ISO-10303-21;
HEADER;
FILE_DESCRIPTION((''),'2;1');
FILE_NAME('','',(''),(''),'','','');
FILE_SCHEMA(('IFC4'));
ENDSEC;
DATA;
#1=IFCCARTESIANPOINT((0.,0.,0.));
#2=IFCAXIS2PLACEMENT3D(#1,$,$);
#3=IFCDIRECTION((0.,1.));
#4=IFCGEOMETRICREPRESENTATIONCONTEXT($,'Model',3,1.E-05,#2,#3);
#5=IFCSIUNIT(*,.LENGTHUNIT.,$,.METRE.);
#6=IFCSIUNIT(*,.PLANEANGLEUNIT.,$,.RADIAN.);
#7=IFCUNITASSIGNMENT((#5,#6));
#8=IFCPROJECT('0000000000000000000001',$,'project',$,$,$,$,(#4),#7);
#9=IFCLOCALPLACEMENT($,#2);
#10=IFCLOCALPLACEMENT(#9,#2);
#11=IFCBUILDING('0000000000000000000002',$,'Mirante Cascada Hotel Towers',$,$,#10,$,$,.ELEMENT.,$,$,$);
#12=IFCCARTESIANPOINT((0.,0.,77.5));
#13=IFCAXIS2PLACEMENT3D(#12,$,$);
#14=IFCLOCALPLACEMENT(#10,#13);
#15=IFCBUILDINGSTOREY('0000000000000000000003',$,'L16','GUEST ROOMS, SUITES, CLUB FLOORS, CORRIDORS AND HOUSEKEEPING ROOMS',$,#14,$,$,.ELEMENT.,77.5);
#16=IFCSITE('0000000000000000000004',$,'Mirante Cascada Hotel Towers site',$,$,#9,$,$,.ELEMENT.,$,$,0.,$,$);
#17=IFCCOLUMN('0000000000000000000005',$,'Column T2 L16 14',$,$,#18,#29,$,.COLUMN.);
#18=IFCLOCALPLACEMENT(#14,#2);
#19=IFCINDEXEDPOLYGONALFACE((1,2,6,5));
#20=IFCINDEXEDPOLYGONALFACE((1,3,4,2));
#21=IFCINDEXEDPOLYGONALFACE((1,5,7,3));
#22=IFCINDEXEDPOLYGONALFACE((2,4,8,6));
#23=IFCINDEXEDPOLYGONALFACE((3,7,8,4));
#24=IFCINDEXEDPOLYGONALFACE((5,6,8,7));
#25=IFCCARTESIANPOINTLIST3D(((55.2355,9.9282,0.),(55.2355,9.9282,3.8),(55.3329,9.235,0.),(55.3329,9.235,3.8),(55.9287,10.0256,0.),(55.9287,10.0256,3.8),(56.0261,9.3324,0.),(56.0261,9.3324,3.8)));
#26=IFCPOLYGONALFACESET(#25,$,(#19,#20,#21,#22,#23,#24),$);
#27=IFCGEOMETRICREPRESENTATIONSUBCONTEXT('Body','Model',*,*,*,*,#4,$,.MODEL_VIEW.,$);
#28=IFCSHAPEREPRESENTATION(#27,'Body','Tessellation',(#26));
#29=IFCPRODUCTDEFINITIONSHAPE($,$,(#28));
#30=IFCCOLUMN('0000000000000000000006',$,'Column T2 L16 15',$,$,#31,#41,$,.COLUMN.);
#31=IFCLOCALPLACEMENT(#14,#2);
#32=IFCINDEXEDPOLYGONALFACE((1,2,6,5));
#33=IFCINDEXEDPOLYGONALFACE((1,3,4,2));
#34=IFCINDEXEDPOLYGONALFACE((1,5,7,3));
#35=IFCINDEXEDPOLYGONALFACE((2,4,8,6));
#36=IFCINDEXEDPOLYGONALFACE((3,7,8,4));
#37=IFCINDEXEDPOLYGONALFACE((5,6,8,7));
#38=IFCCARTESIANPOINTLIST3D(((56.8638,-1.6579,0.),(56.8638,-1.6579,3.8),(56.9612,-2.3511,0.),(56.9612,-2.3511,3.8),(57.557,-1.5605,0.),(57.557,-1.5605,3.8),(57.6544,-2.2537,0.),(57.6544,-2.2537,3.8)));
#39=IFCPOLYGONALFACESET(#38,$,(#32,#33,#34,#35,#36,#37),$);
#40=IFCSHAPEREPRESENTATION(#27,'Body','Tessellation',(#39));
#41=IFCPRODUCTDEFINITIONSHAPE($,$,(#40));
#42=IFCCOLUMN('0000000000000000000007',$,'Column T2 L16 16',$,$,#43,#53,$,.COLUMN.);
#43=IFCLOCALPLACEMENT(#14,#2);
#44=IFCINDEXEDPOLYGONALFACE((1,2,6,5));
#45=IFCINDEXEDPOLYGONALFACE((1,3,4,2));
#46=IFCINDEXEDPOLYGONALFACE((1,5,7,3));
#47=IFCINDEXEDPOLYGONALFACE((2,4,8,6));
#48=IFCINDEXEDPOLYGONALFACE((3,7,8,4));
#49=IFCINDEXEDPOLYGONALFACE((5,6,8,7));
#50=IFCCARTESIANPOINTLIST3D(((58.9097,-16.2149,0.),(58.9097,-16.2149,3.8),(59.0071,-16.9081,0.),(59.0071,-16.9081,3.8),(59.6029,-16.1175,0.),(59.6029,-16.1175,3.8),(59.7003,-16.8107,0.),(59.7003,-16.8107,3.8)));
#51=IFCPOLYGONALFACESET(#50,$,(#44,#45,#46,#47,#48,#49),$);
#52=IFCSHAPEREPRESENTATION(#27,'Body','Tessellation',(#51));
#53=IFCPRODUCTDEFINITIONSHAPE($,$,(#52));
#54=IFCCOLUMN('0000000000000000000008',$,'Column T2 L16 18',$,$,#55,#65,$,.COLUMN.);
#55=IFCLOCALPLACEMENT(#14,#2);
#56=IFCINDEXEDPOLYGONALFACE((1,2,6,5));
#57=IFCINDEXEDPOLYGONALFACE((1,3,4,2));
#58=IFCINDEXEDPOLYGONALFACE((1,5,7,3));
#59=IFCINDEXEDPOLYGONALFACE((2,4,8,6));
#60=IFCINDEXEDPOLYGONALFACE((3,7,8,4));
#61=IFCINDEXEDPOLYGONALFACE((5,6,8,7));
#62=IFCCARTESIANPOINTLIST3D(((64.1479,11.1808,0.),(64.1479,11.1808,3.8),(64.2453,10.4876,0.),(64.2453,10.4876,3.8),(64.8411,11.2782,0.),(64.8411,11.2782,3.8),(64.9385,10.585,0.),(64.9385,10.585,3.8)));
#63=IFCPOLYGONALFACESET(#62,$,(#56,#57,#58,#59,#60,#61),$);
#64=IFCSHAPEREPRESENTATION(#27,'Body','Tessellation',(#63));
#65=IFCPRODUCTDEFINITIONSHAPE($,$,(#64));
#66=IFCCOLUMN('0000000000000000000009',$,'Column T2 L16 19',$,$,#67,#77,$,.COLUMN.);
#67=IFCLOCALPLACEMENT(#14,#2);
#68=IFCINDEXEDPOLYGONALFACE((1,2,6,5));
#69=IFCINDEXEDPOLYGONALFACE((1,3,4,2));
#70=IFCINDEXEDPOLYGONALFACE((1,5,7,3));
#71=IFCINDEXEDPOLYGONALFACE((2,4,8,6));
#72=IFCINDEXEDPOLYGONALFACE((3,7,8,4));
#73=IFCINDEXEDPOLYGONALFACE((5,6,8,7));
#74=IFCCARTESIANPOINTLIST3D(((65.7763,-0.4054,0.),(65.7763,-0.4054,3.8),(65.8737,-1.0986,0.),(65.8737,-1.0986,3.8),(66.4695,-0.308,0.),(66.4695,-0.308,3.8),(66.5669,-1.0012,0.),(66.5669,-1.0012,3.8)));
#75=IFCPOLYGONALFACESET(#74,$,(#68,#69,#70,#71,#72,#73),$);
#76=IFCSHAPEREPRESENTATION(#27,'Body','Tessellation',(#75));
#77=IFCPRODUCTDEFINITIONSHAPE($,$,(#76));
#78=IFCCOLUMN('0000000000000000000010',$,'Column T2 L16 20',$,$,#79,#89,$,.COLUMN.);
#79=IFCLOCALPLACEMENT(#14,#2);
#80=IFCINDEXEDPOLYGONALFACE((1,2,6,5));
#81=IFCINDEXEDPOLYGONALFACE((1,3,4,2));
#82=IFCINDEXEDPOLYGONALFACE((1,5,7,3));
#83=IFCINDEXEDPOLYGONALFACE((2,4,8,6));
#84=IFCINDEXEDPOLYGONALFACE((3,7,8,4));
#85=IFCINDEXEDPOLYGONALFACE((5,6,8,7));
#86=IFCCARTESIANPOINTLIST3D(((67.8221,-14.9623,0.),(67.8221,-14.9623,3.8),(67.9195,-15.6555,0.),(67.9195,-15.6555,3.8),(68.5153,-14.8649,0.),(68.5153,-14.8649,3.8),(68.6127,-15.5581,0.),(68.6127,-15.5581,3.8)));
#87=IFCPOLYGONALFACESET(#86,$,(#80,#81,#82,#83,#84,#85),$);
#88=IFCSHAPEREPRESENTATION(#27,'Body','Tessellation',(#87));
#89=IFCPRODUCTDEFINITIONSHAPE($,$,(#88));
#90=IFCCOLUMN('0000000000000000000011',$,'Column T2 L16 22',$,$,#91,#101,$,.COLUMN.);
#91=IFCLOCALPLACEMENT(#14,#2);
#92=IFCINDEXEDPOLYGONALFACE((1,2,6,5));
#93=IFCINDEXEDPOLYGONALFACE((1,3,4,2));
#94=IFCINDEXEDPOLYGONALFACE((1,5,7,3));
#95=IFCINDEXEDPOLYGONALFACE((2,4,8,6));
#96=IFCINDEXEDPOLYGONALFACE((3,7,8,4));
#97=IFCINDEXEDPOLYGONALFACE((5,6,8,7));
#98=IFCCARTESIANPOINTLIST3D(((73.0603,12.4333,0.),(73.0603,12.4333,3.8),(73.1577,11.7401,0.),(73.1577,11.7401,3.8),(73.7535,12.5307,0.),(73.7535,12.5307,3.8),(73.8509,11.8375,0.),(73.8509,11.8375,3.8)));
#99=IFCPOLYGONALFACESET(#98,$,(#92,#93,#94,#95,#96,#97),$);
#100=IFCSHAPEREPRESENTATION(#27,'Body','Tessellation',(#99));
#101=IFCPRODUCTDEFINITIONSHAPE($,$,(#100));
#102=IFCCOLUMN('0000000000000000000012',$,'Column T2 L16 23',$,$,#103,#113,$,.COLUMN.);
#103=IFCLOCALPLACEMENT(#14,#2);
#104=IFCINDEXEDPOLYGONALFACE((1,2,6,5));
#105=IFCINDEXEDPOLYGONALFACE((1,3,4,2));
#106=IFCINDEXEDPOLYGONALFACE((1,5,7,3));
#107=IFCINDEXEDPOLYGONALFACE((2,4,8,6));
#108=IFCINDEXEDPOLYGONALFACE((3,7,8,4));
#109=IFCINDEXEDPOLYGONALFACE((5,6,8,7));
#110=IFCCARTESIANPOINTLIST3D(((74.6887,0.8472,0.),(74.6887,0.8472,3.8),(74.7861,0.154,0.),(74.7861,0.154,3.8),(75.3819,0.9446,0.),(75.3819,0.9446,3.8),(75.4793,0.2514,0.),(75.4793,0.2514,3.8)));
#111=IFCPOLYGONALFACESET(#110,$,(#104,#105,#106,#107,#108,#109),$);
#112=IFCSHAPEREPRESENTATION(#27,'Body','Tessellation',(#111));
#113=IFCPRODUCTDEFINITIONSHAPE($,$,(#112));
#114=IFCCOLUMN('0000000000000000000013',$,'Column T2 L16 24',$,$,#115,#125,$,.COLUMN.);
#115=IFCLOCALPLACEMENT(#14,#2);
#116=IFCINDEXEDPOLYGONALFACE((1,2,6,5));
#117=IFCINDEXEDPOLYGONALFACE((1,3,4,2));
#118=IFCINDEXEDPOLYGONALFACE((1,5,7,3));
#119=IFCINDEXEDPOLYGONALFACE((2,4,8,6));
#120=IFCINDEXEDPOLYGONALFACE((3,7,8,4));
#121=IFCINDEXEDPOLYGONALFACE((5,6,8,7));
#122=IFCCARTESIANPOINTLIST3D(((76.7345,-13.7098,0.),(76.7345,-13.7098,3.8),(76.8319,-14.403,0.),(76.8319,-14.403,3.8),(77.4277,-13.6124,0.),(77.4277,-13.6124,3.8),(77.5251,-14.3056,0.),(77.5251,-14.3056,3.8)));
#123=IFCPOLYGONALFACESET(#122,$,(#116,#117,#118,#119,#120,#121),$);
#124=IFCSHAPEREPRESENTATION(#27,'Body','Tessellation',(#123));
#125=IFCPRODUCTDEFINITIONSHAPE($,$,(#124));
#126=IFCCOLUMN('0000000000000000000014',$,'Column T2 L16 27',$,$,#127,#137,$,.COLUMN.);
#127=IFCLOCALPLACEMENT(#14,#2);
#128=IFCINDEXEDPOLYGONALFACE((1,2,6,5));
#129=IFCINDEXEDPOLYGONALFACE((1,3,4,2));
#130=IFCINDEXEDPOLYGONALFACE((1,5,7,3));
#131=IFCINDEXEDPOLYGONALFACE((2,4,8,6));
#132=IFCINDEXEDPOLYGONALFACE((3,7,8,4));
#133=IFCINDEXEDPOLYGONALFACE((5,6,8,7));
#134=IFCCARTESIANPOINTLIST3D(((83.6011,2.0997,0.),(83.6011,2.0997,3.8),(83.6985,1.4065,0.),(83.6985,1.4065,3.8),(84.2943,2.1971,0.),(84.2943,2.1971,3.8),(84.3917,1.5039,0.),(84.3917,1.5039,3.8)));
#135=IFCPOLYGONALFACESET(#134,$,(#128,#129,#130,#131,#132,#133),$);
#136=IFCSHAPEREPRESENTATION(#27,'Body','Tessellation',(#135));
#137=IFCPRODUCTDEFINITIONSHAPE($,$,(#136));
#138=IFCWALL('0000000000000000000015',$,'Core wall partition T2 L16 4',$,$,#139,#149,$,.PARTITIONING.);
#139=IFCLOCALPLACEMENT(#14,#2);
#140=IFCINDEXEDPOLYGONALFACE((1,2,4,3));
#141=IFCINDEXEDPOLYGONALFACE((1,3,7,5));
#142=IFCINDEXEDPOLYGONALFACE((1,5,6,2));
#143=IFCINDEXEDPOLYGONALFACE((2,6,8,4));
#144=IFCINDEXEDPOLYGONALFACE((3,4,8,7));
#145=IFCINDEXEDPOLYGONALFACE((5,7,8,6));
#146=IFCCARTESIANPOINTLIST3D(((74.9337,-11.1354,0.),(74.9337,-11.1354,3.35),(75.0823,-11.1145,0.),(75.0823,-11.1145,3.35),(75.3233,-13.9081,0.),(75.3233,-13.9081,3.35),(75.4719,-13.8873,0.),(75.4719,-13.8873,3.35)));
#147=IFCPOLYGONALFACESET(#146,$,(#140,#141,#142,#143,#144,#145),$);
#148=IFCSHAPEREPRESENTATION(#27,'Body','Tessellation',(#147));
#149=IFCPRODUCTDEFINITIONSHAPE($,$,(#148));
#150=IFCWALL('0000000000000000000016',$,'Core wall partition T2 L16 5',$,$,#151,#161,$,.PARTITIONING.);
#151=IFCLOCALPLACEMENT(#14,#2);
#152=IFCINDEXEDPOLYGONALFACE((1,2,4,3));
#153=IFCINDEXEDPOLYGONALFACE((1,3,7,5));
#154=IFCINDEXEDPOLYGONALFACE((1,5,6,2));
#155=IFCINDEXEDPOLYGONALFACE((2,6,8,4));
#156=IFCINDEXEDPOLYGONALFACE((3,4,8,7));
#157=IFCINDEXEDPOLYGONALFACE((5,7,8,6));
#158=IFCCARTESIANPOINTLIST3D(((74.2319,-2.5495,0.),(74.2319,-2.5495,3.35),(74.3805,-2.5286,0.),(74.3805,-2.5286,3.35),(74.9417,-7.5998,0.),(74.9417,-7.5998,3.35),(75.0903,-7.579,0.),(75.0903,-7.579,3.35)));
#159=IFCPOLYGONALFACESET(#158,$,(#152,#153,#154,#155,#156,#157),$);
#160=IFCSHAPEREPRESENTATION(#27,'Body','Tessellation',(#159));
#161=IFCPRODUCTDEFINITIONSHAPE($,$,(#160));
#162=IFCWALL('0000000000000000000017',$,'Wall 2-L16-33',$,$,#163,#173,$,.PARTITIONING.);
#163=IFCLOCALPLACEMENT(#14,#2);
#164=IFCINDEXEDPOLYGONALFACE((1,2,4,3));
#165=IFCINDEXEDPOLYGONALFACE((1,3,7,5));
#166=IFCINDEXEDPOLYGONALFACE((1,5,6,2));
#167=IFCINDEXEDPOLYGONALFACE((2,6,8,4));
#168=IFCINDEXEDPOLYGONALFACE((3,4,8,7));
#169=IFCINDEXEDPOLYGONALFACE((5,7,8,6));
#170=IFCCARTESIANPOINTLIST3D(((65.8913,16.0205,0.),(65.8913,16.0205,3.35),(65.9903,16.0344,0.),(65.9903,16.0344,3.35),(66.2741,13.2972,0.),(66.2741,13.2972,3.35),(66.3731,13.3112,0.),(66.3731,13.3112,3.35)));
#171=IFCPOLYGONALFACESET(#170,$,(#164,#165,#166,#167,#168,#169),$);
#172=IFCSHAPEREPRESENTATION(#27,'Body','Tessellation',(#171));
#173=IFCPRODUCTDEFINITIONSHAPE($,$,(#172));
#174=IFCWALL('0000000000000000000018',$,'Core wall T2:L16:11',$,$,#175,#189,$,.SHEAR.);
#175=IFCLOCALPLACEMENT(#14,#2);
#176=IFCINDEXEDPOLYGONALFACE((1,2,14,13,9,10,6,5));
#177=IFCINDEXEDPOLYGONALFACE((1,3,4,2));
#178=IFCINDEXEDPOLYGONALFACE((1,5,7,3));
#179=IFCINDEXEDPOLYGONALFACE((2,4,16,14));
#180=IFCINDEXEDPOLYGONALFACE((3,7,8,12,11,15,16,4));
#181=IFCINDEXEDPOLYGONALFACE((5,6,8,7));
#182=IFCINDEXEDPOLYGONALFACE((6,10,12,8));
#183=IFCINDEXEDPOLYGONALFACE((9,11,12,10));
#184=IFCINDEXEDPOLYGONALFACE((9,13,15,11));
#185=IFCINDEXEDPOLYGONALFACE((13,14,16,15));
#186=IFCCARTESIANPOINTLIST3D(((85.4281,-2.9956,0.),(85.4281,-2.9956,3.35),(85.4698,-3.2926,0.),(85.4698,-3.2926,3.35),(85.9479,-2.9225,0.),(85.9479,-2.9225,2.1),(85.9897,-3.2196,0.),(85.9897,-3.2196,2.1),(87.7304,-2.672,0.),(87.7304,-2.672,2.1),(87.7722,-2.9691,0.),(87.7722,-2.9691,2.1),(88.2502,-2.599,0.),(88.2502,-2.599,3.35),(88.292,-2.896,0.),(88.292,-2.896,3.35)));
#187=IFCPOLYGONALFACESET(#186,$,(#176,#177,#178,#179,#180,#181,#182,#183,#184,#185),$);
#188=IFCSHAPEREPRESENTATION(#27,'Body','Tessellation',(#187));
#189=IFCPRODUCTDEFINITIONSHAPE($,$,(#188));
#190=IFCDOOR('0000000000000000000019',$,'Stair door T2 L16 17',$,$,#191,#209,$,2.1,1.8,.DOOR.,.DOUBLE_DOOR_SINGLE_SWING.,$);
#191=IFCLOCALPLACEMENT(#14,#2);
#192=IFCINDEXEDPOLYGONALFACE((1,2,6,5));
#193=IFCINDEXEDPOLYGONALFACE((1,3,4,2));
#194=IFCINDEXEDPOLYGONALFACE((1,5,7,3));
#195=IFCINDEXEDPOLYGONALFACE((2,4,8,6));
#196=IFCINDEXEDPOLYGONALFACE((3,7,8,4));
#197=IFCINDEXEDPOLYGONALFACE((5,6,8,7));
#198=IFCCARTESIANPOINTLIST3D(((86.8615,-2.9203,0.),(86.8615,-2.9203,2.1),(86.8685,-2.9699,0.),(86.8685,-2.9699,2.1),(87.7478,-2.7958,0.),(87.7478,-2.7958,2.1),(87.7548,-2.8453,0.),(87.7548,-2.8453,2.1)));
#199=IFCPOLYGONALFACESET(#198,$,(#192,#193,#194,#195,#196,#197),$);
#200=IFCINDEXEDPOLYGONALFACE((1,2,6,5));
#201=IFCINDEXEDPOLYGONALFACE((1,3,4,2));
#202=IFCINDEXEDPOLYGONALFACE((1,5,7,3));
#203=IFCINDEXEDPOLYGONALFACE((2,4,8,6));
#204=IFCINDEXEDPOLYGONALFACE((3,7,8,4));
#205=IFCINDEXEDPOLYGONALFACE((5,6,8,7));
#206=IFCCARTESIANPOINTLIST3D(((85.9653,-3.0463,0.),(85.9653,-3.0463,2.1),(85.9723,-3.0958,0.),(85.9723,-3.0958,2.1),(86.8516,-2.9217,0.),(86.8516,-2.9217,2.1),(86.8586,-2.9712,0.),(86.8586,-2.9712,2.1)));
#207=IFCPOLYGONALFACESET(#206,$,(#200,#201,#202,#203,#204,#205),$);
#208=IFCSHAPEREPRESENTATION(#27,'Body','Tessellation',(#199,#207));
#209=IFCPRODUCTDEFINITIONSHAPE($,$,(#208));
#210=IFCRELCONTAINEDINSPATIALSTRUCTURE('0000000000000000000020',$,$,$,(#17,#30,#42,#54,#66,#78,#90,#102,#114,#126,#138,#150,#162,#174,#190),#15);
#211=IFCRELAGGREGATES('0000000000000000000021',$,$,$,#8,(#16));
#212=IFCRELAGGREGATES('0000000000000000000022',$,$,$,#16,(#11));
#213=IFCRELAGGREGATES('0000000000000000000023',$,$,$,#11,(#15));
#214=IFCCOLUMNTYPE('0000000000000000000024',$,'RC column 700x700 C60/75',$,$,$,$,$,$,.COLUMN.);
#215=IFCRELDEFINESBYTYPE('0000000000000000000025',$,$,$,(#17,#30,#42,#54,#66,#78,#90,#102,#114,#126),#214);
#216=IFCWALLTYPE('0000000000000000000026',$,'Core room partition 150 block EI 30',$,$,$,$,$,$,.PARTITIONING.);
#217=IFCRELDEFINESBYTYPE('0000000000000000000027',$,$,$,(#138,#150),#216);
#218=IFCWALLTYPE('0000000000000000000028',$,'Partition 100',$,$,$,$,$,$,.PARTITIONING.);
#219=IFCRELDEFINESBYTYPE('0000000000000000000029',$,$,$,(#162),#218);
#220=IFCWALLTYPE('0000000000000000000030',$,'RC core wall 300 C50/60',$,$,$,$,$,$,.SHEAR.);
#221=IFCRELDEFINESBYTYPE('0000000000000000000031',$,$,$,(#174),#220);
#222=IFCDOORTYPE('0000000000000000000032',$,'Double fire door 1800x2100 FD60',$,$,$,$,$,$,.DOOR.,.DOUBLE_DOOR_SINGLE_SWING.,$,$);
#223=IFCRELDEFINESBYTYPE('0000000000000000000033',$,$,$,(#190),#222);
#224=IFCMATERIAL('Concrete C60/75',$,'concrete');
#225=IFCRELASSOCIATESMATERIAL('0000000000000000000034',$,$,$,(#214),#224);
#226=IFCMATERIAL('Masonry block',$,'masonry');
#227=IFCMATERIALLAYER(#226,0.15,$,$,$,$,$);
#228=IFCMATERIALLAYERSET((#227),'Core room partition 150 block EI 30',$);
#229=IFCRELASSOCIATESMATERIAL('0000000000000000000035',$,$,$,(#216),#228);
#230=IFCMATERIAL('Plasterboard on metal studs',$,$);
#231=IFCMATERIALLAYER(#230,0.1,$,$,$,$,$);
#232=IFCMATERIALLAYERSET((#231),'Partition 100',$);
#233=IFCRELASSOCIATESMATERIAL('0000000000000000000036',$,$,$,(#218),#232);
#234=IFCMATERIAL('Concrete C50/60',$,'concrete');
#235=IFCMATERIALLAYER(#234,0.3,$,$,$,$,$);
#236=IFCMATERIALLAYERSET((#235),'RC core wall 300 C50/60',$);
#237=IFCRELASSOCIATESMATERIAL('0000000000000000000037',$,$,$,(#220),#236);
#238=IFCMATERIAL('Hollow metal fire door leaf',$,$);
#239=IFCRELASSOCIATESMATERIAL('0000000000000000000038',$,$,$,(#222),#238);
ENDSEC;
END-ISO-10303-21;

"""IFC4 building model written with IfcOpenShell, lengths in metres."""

from ifc_helpers import new_model, si_unit, direction, frame, frame_2d, origin, origin_2d, place, context, subcontext, project, spatial, rectangle, extrude, material, layer, layer_set, material_profile, profile_set, type_object, element, fill, save


model = new_model("IFC4")

# Units and contexts
model_context = context("Model", 3, precision=1e-05, world=origin(), true_north=direction((0.0, 1.0)))
body_context = subcontext(model_context, "Body", "Model", "MODEL_VIEW")
ifc_project = project(units=[si_unit("LENGTHUNIT", "METRE"), si_unit("PLANEANGLEUNIT", "RADIAN")], contexts=[model_context])

# Site, building, storey
site_placement = place(None, origin())
site = spatial("IfcSite", under=ifc_project, at=site_placement, Name="Mirante Cascada Hotel Towers site", CompositionType="ELEMENT", RefElevation=0.0)
building_placement = place(site_placement, origin())
building = spatial("IfcBuilding", under=site, at=building_placement, Name="Mirante Cascada Hotel Towers", CompositionType="ELEMENT")
storey_placement = place(building_placement, frame((0.0, 0.0, 77.5)))
storey = spatial("IfcBuildingStorey", under=building, at=storey_placement, Name="L16", Description="GUEST ROOMS, SUITES, CLUB FLOORS, CORRIDORS AND HOUSEKEEPING ROOMS", CompositionType="ELEMENT", Elevation=77.5)

# Columns
ifc_material_1 = material(Name="Concrete C60/75", Category="concrete")
ifc_material_profile = material_profile(ifc_material_1, rectangle(XDim=0.7, YDim=0.7, at=origin_2d()), Name="RC column 700x700 C60/75")
ifc_profile_set = profile_set([ifc_material_profile], Name="Concrete C60/75")
column_type = type_object("IfcColumnType", Name="RC column 700x700 C60/75", PredefinedType="COLUMN", material=ifc_profile_set)
for number, where, z_axis, x_axis, name in (
    (1, (55.6308, 9.6303, 0.0), (0.0, 0.0, 1.0), (0.990268, 0.139173, 0.0), "Column T2 L16 14"),
    (2, (57.2591, -1.9558, 0.0), (0.0, 0.0, 1.0), (0.990268, 0.139173, 0.0), "Column T2 L16 15"),
    (3, (59.305, -16.5128, 0.0), (0.0, 0.0, 1.0), (0.990268, 0.139173, 0.0), "Column T2 L16 16"),
    (4, (64.5432, 10.8829, 0.0), (0.0, 0.0, 1.0), (0.990268, 0.139173, 0.0), "Column T2 L16 18"),
    (5, (66.1716, -0.7033, 0.0), (0.0, 0.0, 1.0), (0.990268, 0.139173, 0.0), "Column T2 L16 19"),
    (6, (68.2174, -15.2602, 0.0), (0.0, 0.0, 1.0), (0.990268, 0.139173, 0.0), "Column T2 L16 20"),
    (7, (73.4556, 12.1354, 0.0), (0.0, 0.0, 1.0), (0.990268, 0.139173, 0.0), "Column T2 L16 22"),
    (8, (75.084, 0.5493, 0.0), (0.0, 0.0, 1.0), (0.990268, 0.139173, 0.0), "Column T2 L16 23"),
    (9, (77.1298, -14.0077, 0.0), (0.0, 0.0, 1.0), (0.990268, 0.139173, 0.0), "Column T2 L16 24"),
    (10, (83.9964, 1.8018, 0.0), (0.0, 0.0, 1.0), (0.990268, 0.139173, 0.0), "Column T2 L16 27"),
):
    element("IfcColumn", number, at=place(storey_placement, frame(where, z_axis=z_axis, x_axis=x_axis)), inside=storey, type_object=column_type, Name=name, PredefinedType="COLUMN", context=body_context, shape_type="SweptSolid", body=[
        extrude(rectangle(XDim=0.7, YDim=0.7, at=origin_2d()), origin(), (0.0, 0.0, 1.0), 3.8),
    ])

# Walls
ifc_material_2 = material(Name="Masonry block", Category="masonry")
ifc_layer_1 = layer(ifc_material_2, 0.15)
ifc_layer_set_1 = layer_set([ifc_layer_1], Name="Core room partition 150 block EI 30")
wall_type_1 = type_object("IfcWallType", Name="Core room partition 150 block EI 30", PredefinedType="PARTITIONING", material=ifc_layer_set_1)
wall_1_placement = place(storey_placement, frame((75.3976, -13.8977, 0.0), z_axis=(0.0, 0.0, 1.0), x_axis=(-0.139141, 0.990273, 0.0)))
element("IfcWall", 11, at=wall_1_placement, inside=storey, type_object=wall_type_1, Name="Core wall partition T2 L16 4", PredefinedType="PARTITIONING", context=body_context, shape_type="SweptSolid", body=[
    extrude(rectangle(XDim=2.8, YDim=0.15, at=frame_2d((1.4, 0.0))), origin(), (0.0, 0.0, 1.0), 3.35),
])
wall_2_placement = place(storey_placement, frame((75.016, -7.5894, 0.0), z_axis=(0.0, 0.0, 1.0), x_axis=(-0.139176, 0.990268, 0.0)))
element("IfcWall", 12, at=wall_2_placement, inside=storey, type_object=wall_type_1, Name="Core wall partition T2 L16 5", PredefinedType="PARTITIONING", context=body_context, shape_type="SweptSolid", body=[
    extrude(rectangle(XDim=5.1, YDim=0.15, at=frame_2d((2.55, 0.0))), origin(), (0.0, 0.0, 1.0), 3.35),
])
ifc_material_3 = material(Name="Plasterboard on metal studs")
ifc_layer_2 = layer(ifc_material_3, 0.1)
ifc_layer_set_2 = layer_set([ifc_layer_2], Name="Partition 100")
wall_type_2 = type_object("IfcWallType", Name="Partition 100", PredefinedType="PARTITIONING", material=ifc_layer_set_2)
wall_3_placement = place(storey_placement, frame((66.3236, 13.3042, 0.0), z_axis=(0.0, 0.0, 1.0), x_axis=(-0.139201, 0.990264, 0.0)))
element("IfcWall", 13, at=wall_3_placement, inside=storey, type_object=wall_type_2, Name="Wall 2-L16-33", PredefinedType="PARTITIONING", context=body_context, shape_type="SweptSolid", body=[
    extrude(rectangle(XDim=2.75, YDim=0.1, at=frame_2d((1.375, 0.0))), origin(), (0.0, 0.0, 1.0), 3.35),
])

# Wall, opening, door
ifc_material_4 = material(Name="Concrete C50/60", Category="concrete")
ifc_layer_3 = layer(ifc_material_4, 0.3)
ifc_layer_set_3 = layer_set([ifc_layer_3], Name="RC core wall 300 C50/60")
wall_type_3 = type_object("IfcWallType", Name="RC core wall 300 C50/60", PredefinedType="SHEAR", material=ifc_layer_set_3)
wall_4_placement = place(storey_placement, frame((85.4489, -3.1441, 0.0), z_axis=(0.0, 0.0, 1.0), x_axis=(0.99027, 0.139161, 0.0)))
wall_4 = element("IfcWall", 14, at=wall_4_placement, inside=storey, type_object=wall_type_3, Name="Core wall T2:L16:11", PredefinedType="SHEAR", context=body_context, shape_type="SweptSolid", body=[
    extrude(rectangle(XDim=2.8499, YDim=0.3, at=frame_2d((1.425, 0.0))), origin(), (0.0, 0.0, 1.0), 3.35),
])
opening_1_placement = place(wall_4_placement, frame((0.525, 0.0, 0.0)))
opening_1 = element("IfcOpeningElement", 15, at=opening_1_placement, cuts=wall_4, PredefinedType="OPENING", context=body_context, shape_type="SweptSolid", body=[
    extrude(rectangle(XDim=1.8, YDim=2.1, at=frame_2d((0.9, 1.05))), frame((0.0, 0.15, 0.0), z_axis=(0.0, -1.0, 0.0), x_axis=(1.0, 0.0, 0.0)), (0.0, 0.0, 1.0), 0.3),
])
ifc_material_5 = material(Name="Hollow metal fire door leaf")
door_type_1 = type_object("IfcDoorType", Name="Double fire door 1800x2100 FD60", OperationType="DOUBLE_DOOR_SINGLE_SWING", PredefinedType="DOOR", material=ifc_material_5)
door_1_placement = place(opening_1_placement, frame((1.8, 0.0, 0.0), z_axis=(0.0, 0.0, 1.0), x_axis=(-1.0, 0.0, 0.0)))
door_1 = element("IfcDoor", 16, at=door_1_placement, inside=storey, type_object=door_type_1, Name="Stair door T2 L16 17", OperationType="DOUBLE_DOOR_SINGLE_SWING", OverallHeight=2.1, OverallWidth=1.8, PredefinedType="DOOR", context=body_context, shape_type="SweptSolid", body=[
    extrude(rectangle(XDim=0.895, YDim=2.1, at=frame_2d((0.4475, 1.05))), frame((0.0, 0.025, 0.0), z_axis=(0.0, -1.0, 0.0), x_axis=(1.0, 0.0, 0.0)), (0.0, 0.0, 1.0), 0.05),
    extrude(rectangle(XDim=0.895, YDim=2.1, at=frame_2d((1.3525, 1.05))), frame((0.0, 0.025, 0.0), z_axis=(0.0, -1.0, 0.0), x_axis=(1.0, 0.0, 0.0)), (0.0, 0.0, 1.0), 0.05),
])
fill(opening_1, door_1)

save(model, "model.ifc")
